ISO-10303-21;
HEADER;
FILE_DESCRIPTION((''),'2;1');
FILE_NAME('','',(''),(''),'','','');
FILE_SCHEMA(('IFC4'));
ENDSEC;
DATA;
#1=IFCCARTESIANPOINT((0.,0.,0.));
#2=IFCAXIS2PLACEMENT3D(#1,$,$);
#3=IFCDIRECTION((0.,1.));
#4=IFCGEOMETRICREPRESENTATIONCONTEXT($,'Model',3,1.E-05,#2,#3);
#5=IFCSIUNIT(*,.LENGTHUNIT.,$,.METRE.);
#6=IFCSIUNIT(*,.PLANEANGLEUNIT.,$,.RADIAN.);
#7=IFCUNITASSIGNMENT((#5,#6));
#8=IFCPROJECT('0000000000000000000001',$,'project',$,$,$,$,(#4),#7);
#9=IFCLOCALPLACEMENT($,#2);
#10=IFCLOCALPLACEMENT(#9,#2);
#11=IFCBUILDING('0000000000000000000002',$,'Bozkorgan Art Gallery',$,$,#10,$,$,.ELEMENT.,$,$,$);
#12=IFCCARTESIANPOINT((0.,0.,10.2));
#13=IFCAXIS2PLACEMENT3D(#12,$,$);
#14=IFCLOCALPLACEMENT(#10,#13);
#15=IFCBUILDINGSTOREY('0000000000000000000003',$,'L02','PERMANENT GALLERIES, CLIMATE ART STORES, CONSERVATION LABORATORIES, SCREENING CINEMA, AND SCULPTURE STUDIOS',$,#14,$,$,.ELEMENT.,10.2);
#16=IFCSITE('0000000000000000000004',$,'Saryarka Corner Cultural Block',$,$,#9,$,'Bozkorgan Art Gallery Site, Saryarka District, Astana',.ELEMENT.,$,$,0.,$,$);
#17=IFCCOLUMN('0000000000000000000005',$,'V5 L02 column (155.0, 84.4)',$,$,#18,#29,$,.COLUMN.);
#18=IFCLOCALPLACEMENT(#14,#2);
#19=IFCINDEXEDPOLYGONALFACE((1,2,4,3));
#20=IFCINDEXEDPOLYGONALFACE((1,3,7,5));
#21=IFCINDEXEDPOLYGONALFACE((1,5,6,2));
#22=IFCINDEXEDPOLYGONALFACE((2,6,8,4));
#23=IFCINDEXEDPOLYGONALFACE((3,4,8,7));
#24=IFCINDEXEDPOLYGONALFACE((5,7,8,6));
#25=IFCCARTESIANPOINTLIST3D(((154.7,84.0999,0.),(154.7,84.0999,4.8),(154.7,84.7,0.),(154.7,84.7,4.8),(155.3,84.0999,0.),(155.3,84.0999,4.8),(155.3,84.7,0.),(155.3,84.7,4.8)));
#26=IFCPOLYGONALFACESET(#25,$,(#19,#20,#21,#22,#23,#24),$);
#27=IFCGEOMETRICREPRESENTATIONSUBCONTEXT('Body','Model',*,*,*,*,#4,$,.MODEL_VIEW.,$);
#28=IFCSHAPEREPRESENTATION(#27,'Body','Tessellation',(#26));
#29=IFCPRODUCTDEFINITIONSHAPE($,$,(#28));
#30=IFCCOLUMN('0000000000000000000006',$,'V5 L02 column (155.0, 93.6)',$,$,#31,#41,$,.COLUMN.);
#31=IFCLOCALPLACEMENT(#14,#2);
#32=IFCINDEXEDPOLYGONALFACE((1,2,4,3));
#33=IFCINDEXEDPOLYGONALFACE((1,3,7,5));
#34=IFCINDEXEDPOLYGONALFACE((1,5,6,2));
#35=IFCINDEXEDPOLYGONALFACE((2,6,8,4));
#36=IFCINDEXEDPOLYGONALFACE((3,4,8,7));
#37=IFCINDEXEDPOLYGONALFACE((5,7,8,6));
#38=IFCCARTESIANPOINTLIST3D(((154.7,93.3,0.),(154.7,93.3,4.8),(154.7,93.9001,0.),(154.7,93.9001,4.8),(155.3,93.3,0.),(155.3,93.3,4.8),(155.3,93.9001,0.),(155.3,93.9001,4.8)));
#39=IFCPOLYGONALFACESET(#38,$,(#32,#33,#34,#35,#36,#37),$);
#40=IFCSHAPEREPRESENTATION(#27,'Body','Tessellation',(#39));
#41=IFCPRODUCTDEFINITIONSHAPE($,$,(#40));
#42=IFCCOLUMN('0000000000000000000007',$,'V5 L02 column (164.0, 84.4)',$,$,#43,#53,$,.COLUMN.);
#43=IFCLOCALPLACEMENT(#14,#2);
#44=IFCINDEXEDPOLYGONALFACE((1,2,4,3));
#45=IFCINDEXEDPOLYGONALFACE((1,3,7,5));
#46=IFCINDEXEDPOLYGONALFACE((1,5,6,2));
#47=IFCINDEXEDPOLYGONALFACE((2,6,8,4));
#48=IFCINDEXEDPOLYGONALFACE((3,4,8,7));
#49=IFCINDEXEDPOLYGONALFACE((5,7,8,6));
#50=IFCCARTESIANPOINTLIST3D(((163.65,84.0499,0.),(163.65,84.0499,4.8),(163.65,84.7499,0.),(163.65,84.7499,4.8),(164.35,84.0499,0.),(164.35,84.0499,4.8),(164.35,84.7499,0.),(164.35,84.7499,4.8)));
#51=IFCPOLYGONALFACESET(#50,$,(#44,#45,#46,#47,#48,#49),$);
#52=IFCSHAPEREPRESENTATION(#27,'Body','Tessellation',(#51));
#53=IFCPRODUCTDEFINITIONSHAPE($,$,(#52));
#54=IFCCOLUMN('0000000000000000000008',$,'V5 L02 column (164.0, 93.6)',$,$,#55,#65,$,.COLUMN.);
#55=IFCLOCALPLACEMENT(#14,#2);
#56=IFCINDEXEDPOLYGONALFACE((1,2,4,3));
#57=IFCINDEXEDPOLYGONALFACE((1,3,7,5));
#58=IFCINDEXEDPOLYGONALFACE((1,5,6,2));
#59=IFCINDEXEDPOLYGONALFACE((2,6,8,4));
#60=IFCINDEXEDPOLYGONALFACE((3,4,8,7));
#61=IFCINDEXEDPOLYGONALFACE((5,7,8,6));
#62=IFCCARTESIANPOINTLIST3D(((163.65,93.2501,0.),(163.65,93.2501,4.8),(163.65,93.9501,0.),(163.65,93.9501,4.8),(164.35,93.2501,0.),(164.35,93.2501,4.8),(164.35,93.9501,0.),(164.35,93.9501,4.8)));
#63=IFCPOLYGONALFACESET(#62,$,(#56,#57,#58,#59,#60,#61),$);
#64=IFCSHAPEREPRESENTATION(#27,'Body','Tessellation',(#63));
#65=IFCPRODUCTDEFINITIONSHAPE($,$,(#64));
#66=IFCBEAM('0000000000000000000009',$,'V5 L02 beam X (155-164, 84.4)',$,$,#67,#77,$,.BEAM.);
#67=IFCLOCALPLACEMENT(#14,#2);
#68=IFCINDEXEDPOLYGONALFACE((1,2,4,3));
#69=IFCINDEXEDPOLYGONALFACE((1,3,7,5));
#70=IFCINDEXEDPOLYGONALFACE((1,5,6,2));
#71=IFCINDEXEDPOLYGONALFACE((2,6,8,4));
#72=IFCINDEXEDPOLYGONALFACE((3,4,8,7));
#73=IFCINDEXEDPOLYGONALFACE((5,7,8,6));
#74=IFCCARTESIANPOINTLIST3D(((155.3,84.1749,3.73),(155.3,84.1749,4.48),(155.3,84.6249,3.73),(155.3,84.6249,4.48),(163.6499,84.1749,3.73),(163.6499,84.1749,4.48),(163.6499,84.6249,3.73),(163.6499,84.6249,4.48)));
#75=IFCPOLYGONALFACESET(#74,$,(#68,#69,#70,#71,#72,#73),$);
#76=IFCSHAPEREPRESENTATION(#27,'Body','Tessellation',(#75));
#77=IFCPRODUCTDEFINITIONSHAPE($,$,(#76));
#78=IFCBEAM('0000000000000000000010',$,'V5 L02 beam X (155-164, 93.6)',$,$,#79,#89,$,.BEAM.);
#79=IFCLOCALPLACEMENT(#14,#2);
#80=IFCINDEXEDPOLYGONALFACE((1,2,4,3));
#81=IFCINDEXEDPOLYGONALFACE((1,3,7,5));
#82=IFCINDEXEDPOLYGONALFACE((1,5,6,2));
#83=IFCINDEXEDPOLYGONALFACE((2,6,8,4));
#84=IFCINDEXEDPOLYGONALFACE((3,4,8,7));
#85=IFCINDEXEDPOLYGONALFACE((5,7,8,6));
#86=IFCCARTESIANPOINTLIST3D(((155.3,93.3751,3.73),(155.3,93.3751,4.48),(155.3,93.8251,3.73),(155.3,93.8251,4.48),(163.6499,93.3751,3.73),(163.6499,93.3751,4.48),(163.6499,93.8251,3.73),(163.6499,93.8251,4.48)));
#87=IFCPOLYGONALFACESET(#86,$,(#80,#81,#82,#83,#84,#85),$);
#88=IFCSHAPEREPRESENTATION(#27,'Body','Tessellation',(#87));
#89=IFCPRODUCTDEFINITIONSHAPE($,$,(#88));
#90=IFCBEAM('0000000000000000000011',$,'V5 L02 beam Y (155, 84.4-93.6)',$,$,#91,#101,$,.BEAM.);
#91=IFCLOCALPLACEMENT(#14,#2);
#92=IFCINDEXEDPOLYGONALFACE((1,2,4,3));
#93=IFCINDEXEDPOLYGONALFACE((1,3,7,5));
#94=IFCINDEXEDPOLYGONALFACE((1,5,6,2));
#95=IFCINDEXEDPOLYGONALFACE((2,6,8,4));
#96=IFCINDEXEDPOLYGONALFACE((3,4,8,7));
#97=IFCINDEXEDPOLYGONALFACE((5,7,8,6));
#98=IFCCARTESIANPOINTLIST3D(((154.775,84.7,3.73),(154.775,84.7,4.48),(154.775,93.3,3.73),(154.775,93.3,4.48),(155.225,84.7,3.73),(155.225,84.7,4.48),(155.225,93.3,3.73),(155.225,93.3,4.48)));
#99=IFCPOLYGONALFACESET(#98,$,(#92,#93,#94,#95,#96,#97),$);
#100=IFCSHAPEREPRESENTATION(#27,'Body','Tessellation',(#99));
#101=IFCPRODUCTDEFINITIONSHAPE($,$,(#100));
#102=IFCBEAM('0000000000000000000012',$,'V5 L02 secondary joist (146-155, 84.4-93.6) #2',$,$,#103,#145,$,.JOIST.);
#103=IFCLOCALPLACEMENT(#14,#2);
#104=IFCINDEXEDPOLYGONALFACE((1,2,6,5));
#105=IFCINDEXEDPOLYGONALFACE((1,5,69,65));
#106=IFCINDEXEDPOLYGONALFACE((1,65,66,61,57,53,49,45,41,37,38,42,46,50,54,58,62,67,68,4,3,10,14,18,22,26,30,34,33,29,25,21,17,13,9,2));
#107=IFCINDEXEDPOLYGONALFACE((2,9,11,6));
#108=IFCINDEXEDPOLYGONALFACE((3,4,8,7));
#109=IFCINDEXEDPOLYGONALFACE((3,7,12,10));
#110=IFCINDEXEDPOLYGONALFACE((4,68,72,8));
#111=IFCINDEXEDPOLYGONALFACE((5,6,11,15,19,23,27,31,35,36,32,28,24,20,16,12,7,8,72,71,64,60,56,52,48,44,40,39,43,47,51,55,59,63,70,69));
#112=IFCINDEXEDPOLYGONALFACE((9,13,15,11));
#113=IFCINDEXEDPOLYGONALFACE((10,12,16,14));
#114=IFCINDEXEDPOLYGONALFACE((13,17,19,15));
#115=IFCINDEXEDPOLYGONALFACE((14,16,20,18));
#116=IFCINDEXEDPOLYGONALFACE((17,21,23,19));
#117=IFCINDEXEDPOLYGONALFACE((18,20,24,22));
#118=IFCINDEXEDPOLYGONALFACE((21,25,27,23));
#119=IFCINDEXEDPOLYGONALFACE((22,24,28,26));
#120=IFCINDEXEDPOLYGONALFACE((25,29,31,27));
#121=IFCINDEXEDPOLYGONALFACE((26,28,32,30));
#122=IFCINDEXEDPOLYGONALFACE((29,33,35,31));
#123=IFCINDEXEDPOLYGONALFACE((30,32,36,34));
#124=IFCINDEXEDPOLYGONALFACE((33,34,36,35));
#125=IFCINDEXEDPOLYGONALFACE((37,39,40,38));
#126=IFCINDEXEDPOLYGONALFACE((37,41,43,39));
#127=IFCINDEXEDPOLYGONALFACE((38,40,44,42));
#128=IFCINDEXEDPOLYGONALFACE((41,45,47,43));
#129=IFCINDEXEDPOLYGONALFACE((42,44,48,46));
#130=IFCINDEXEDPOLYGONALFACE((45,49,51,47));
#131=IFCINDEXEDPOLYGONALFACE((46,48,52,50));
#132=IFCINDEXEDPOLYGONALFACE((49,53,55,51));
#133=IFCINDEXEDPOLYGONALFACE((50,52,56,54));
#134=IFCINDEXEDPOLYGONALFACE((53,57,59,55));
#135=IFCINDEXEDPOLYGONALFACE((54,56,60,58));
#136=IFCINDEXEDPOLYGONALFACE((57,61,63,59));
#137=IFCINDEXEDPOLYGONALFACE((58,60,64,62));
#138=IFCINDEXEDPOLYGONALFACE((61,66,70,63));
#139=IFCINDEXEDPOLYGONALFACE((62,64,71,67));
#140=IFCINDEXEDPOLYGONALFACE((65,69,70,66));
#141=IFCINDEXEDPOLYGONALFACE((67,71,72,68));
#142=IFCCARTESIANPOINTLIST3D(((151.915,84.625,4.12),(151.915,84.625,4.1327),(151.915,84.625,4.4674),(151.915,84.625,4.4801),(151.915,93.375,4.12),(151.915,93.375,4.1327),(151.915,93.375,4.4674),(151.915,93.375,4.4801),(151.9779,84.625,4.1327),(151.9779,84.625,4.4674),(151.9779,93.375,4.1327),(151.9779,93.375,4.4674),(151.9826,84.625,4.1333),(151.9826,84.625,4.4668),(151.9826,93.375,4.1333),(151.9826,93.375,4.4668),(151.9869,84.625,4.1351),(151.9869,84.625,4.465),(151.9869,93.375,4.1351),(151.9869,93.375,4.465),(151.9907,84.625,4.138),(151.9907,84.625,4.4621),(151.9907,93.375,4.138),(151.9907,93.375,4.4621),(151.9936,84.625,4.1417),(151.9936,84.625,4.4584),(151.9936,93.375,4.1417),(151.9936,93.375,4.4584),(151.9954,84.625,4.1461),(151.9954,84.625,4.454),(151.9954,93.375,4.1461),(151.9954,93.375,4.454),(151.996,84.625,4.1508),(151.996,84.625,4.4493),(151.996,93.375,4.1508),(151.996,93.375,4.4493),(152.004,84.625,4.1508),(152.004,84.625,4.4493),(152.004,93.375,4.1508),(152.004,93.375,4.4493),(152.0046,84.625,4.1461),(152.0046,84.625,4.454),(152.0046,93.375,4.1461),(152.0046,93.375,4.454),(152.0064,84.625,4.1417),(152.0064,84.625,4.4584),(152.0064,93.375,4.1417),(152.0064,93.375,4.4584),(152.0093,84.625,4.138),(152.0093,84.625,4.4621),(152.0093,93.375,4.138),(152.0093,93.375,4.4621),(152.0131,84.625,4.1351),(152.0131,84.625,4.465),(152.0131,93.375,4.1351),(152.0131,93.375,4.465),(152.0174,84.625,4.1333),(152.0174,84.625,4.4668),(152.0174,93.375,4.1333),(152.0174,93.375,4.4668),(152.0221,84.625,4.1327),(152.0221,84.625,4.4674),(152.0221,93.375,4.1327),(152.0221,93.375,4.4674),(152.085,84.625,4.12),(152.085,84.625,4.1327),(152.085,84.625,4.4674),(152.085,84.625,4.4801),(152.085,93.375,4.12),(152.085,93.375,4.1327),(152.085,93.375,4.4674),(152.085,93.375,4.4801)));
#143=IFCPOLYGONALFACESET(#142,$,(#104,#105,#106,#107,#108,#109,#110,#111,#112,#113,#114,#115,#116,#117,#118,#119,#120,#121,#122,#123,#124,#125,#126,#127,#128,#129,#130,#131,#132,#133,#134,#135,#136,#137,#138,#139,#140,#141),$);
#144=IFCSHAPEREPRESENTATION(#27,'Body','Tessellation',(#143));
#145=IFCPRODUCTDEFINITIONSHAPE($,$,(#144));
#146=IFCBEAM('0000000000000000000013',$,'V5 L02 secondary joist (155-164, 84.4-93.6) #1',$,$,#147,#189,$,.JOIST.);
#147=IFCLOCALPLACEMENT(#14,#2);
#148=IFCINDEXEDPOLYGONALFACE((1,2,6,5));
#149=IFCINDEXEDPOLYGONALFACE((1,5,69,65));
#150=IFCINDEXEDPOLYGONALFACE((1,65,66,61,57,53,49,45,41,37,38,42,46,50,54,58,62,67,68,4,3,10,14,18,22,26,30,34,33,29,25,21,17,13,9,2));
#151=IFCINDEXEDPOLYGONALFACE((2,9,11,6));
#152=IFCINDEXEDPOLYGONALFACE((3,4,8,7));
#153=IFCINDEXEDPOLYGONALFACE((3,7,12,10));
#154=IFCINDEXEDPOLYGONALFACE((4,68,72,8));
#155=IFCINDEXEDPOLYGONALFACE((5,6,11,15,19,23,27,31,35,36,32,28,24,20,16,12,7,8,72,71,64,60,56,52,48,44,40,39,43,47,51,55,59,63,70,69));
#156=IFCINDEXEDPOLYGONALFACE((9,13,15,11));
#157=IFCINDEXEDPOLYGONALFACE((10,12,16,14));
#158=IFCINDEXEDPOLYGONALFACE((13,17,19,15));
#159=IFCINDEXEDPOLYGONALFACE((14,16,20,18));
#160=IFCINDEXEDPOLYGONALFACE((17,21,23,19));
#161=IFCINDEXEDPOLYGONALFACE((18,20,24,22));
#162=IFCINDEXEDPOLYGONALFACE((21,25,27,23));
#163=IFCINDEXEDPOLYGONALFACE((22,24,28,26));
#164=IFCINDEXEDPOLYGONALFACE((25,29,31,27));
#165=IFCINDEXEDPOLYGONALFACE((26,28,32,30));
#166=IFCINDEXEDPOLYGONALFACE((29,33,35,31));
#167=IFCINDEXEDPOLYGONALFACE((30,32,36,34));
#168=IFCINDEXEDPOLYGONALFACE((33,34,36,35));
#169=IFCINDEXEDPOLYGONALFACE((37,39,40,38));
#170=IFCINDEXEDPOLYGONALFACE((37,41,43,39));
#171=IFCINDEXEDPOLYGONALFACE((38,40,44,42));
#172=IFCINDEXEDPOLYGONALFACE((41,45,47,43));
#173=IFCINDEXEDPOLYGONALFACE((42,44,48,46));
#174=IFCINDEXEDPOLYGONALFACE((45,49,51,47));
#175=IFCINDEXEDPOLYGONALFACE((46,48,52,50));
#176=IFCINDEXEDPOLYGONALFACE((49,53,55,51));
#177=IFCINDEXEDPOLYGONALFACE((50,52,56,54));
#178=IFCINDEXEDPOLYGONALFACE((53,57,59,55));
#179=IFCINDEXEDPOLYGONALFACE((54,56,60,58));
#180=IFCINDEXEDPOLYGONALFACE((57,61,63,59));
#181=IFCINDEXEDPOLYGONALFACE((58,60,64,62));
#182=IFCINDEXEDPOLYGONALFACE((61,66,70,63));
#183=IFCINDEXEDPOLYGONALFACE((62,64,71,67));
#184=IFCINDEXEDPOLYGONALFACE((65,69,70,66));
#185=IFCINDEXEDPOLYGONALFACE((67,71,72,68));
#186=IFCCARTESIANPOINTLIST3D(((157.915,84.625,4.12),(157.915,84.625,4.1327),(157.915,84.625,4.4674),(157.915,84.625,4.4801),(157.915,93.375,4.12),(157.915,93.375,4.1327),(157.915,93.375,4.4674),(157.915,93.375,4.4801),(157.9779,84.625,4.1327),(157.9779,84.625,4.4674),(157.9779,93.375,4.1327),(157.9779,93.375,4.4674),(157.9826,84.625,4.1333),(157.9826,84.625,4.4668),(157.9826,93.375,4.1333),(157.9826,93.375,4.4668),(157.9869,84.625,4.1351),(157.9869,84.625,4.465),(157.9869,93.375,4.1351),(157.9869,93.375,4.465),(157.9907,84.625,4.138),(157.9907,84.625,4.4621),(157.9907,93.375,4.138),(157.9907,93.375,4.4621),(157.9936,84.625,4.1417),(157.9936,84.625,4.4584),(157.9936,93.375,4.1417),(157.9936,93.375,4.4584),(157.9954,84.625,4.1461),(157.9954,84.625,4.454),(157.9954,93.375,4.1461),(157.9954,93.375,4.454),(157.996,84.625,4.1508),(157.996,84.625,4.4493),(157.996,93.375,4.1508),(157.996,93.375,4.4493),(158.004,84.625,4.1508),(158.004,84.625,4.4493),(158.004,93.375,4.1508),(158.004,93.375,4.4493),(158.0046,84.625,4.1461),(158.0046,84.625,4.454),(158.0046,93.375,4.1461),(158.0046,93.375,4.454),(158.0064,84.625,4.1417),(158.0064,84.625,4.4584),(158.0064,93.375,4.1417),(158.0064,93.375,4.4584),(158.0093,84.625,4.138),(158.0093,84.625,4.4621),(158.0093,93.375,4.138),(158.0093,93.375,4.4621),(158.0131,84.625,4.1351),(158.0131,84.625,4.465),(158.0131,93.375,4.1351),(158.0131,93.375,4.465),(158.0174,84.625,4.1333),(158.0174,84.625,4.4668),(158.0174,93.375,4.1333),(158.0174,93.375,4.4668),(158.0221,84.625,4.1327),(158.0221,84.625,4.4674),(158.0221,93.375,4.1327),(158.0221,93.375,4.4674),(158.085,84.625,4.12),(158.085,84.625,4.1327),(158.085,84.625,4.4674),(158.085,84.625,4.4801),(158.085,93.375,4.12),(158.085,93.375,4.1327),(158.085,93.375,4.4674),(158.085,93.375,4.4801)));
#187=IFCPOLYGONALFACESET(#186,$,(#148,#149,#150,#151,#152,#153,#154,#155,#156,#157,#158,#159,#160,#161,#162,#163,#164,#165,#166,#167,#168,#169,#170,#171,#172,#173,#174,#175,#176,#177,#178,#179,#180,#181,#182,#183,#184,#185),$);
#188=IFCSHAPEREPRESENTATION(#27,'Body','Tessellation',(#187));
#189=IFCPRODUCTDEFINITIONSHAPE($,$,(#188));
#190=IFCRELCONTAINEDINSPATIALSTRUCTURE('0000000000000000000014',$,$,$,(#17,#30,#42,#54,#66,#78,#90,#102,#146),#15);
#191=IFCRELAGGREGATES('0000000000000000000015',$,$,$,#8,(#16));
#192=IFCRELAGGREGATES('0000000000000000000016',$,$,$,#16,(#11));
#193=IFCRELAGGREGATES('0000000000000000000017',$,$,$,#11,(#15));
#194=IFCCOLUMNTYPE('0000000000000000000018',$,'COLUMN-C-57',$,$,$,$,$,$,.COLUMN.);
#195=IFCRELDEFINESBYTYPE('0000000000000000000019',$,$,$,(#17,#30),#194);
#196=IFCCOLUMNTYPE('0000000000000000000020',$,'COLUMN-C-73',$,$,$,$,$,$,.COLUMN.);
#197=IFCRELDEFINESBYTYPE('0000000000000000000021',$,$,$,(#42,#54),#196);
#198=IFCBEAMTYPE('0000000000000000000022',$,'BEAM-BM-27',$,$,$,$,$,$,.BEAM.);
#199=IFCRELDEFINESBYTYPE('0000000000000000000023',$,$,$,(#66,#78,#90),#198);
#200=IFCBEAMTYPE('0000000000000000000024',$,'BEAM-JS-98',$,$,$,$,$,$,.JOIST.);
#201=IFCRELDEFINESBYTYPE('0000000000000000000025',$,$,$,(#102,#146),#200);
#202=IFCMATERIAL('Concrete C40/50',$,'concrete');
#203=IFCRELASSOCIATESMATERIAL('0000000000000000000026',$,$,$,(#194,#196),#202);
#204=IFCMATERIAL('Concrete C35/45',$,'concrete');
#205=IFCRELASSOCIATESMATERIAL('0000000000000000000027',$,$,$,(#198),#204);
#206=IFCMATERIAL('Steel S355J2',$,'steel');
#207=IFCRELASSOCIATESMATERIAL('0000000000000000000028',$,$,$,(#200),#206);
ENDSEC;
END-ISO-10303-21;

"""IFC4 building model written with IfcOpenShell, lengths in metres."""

from ifc_helpers import new_model, si_unit, direction, frame, origin, origin_2d, place, context, subcontext, project, spatial, rectangle, i_section, extrude, material, material_profile, profile_set, type_object, element, save


model = new_model("IFC4")

# Units and contexts
model_context = context("Model", 3, precision=1e-05, world=origin(), true_north=direction((0.0, 1.0)))
body_context = subcontext(model_context, "Body", "Model", "MODEL_VIEW")
ifc_project = project(units=[si_unit("LENGTHUNIT", "METRE"), si_unit("PLANEANGLEUNIT", "RADIAN")], contexts=[model_context])

# Site, building, storey
site_placement = place(None, origin())
site = spatial("IfcSite", under=ifc_project, at=site_placement, Name="Saryarka Corner Cultural Block", LongName="Bozkorgan Art Gallery Site, Saryarka District, Astana", CompositionType="ELEMENT", RefElevation=0.0)
building_placement = place(site_placement, origin())
building = spatial("IfcBuilding", under=site, at=building_placement, Name="Bozkorgan Art Gallery", CompositionType="ELEMENT")
storey_placement = place(building_placement, frame((0.0, 0.0, 10.2)))
storey = spatial("IfcBuildingStorey", under=building, at=storey_placement, Name="L02", Description="PERMANENT GALLERIES, CLIMATE ART STORES, CONSERVATION LABORATORIES, SCREENING CINEMA, AND SCULPTURE STUDIOS", CompositionType="ELEMENT", Elevation=10.2)

# Columns
ifc_material_1 = material(Name="Concrete C40/50", Category="concrete")
ifc_material_profile_1 = material_profile(ifc_material_1, rectangle(XDim=0.6001, YDim=0.6001, at=origin_2d()), Name="RC 600x600")
ifc_profile_set_1 = profile_set([ifc_material_profile_1], Name="Concrete C40/50")
column_type_1 = type_object("IfcColumnType", Name="COLUMN-C-57", PredefinedType="COLUMN", material=ifc_profile_set_1)
for number, where, z_axis, x_axis, name in (
    (1, (155.0, 84.3999, 0.0), (0.0, 0.0, 1.0), (1.0, 0.0, 0.0), "V5 L02 column (155.0, 84.4)"),
    (2, (155.0, 93.6001, 0.0), (0.0, 0.0, 1.0), (1.0, 0.0, 0.0), "V5 L02 column (155.0, 93.6)"),
):
    element("IfcColumn", number, at=place(storey_placement, frame(where, z_axis=z_axis, x_axis=x_axis)), inside=storey, type_object=column_type_1, Name=name, PredefinedType="COLUMN", context=body_context, shape_type="SweptSolid", body=[
        extrude(rectangle(XDim=0.6001, YDim=0.6001, at=origin_2d()), origin(), (0.0, 0.0, 1.0), 4.8),
    ])
ifc_material_profile_2 = material_profile(ifc_material_1, rectangle(XDim=0.7, YDim=0.7, at=origin_2d()), Name="RC 700x700")
ifc_profile_set_2 = profile_set([ifc_material_profile_2], Name="Concrete C40/50")
column_type_2 = type_object("IfcColumnType", Name="COLUMN-C-73", PredefinedType="COLUMN", material=ifc_profile_set_2)
for number, where, z_axis, x_axis, name in (
    (3, (164.0, 84.3999, 0.0), (0.0, 0.0, 1.0), (1.0, 0.0, 0.0), "V5 L02 column (164.0, 84.4)"),
    (4, (164.0, 93.6001, 0.0), (0.0, 0.0, 1.0), (1.0, 0.0, 0.0), "V5 L02 column (164.0, 93.6)"),
):
    element("IfcColumn", number, at=place(storey_placement, frame(where, z_axis=z_axis, x_axis=x_axis)), inside=storey, type_object=column_type_2, Name=name, PredefinedType="COLUMN", context=body_context, shape_type="SweptSolid", body=[
        extrude(rectangle(XDim=0.7, YDim=0.7, at=origin_2d()), origin(), (0.0, 0.0, 1.0), 4.8),
    ])

# Beams
ifc_material_2 = material(Name="Concrete C35/45", Category="concrete")
ifc_material_profile_3 = material_profile(ifc_material_2, rectangle(XDim=0.45, YDim=0.75, at=origin_2d()), Name="RC 450x750")
ifc_profile_set_3 = profile_set([ifc_material_profile_3], Name="Concrete C35/45")
beam_type_1 = type_object("IfcBeamType", Name="BEAM-BM-27", PredefinedType="BEAM", material=ifc_profile_set_3)
for number, where, z_axis, x_axis, name in (
    (5, (155.3, 84.3999, 4.105), (1.0, 0.0, 0.0), (0.0, 1.0, 0.0), "V5 L02 beam X (155-164, 84.4)"),
    (6, (155.3, 93.6001, 4.105), (1.0, 0.0, 0.0), (0.0, 1.0, 0.0), "V5 L02 beam X (155-164, 93.6)"),
):
    element("IfcBeam", number, at=place(storey_placement, frame(where, z_axis=z_axis, x_axis=x_axis)), inside=storey, type_object=beam_type_1, Name=name, PredefinedType="BEAM", context=body_context, shape_type="SweptSolid", body=[
        extrude(rectangle(XDim=0.45, YDim=0.75, at=origin_2d()), origin(), (0.0, 0.0, 1.0), 8.3499),
    ])
beam_1_placement = place(storey_placement, frame((155.0, 84.7, 4.105), z_axis=(0.0, 1.0, 0.0), x_axis=(-1.0, 0.0, 0.0)))
element("IfcBeam", 7, at=beam_1_placement, inside=storey, type_object=beam_type_1, Name="V5 L02 beam Y (155, 84.4-93.6)", PredefinedType="BEAM", context=body_context, shape_type="SweptSolid", body=[
    extrude(rectangle(XDim=0.45, YDim=0.75, at=origin_2d()), origin(), (0.0, 0.0, 1.0), 8.6001),
])
ifc_material_3 = material(Name="Steel S355J2", Category="steel")
ifc_material_profile_4 = material_profile(ifc_material_3, i_section(OverallWidth=0.1699, OverallDepth=0.3601, WebThickness=0.0081, FlangeThickness=0.0127, FilletRadius=0.0181, at=origin_2d()), Name="IPE 360")
ifc_profile_set_4 = profile_set([ifc_material_profile_4], Name="Steel S355J2")
beam_type_2 = type_object("IfcBeamType", Name="BEAM-JS-98", PredefinedType="JOIST", material=ifc_profile_set_4)
for number, where, z_axis, x_axis, name in (
    (8, (152.0, 84.625, 4.3), (0.0, 1.0, 0.0), (-1.0, 0.0, 0.0), "V5 L02 secondary joist (146-155, 84.4-93.6) #2"),
    (9, (158.0, 84.625, 4.3), (0.0, 1.0, 0.0), (-1.0, 0.0, 0.0), "V5 L02 secondary joist (155-164, 84.4-93.6) #1"),
):
    element("IfcBeam", number, at=place(storey_placement, frame(where, z_axis=z_axis, x_axis=x_axis)), inside=storey, type_object=beam_type_2, Name=name, PredefinedType="JOIST", context=body_context, shape_type="SweptSolid", body=[
        extrude(i_section(OverallWidth=0.1699, OverallDepth=0.3601, WebThickness=0.0081, FlangeThickness=0.0127, FilletRadius=0.0181, at=origin_2d()), origin(), (0.0, 0.0, 1.0), 8.75),
    ])

save(model, "model.ifc")
